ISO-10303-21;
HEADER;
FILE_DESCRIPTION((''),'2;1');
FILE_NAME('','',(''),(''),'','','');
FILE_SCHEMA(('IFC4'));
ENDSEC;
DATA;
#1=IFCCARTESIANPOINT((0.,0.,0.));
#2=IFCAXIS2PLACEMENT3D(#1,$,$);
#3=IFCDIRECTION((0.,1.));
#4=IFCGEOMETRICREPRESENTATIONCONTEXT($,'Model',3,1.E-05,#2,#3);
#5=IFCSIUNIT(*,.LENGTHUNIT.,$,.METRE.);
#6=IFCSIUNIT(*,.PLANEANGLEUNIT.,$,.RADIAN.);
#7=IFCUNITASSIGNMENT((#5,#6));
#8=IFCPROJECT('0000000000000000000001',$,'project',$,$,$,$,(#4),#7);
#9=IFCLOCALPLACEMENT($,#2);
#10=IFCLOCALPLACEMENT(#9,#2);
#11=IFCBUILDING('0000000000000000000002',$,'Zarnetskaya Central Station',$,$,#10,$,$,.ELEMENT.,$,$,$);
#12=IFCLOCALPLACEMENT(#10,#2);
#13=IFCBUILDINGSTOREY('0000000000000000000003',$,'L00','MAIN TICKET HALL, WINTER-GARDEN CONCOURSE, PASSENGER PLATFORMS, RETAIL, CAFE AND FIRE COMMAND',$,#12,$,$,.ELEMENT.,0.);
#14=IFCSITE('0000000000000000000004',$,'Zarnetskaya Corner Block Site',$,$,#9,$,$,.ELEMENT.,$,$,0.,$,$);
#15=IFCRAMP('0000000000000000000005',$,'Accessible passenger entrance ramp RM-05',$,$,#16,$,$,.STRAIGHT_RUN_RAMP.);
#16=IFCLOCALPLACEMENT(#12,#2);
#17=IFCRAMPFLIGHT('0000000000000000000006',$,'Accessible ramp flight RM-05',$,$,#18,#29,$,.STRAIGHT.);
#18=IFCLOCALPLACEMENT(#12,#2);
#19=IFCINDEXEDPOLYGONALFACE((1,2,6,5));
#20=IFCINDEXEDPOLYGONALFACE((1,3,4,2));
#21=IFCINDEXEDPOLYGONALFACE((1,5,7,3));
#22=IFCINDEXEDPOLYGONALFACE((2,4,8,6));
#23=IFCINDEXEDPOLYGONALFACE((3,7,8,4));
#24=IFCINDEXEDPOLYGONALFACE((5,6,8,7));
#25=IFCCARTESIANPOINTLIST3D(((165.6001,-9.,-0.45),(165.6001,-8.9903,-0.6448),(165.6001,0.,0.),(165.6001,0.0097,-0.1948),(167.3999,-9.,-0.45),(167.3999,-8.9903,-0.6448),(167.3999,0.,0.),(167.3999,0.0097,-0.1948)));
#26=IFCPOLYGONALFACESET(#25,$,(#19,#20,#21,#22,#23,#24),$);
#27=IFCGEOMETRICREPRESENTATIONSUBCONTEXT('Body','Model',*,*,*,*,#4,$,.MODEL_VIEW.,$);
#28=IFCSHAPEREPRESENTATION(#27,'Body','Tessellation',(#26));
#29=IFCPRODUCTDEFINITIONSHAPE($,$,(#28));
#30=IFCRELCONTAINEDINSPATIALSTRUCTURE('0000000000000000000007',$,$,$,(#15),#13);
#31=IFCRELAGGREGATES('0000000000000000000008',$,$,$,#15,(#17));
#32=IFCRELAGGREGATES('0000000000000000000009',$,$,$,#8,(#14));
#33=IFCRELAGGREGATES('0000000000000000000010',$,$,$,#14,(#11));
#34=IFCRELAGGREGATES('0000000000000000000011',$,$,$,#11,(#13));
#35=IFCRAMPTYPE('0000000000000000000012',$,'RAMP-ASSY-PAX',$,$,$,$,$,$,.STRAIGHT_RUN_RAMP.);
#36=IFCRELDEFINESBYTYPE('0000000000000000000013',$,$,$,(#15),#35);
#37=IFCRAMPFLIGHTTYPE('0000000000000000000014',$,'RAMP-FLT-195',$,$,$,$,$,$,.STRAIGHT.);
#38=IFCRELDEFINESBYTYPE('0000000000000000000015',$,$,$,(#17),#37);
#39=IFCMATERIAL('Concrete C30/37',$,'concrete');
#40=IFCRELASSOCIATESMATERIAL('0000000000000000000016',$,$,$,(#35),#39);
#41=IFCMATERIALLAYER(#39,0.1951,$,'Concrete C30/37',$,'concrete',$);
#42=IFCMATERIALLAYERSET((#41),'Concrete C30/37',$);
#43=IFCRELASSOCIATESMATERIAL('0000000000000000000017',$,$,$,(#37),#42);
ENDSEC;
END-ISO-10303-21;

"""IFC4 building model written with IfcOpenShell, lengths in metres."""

from ifc_helpers import new_model, si_unit, direction, frame, origin, place, context, subcontext, project, spatial, polyline, outline, extrude, material, layer, layer_set, type_object, element, aggregate, save


model = new_model("IFC4")

# Units and contexts
model_context = context("Model", 3, precision=1e-05, world=origin(), true_north=direction((0.0, 1.0)))
body_context = subcontext(model_context, "Body", "Model", "MODEL_VIEW")
ifc_project = project(units=[si_unit("LENGTHUNIT", "METRE"), si_unit("PLANEANGLEUNIT", "RADIAN")], contexts=[model_context])

# Site, building, storey
site_placement = place(None, origin())
site = spatial("IfcSite", under=ifc_project, at=site_placement, Name="Zarnetskaya Corner Block Site", CompositionType="ELEMENT", RefElevation=0.0)
building_placement = place(site_placement, origin())
building = spatial("IfcBuilding", under=site, at=building_placement, Name="Zarnetskaya Central Station", CompositionType="ELEMENT")
storey_placement = place(building_placement, origin())
storey = spatial("IfcBuildingStorey", under=building, at=storey_placement, Name="L00", Description="MAIN TICKET HALL, WINTER-GARDEN CONCOURSE, PASSENGER PLATFORMS, RETAIL, CAFE AND FIRE COMMAND", CompositionType="ELEMENT", Elevation=0.0)

# Ramp, ramp flight
ifc_material_1 = material(Name="Concrete C30/37", Category="concrete")
ramp_type = type_object("IfcRampType", Name="RAMP-ASSY-PAX", PredefinedType="STRAIGHT_RUN_RAMP", material=ifc_material_1)
ramp_placement = place(storey_placement, origin())
ramp = element("IfcRamp", 1, at=ramp_placement, inside=storey, type_object=ramp_type, Name="Accessible passenger entrance ramp RM-05", PredefinedType="STRAIGHT_RUN_RAMP")
ifc_layer_1 = layer(ifc_material_1, 0.1951, Name="Concrete C30/37", Category="concrete")
ifc_layer_set_1 = layer_set([ifc_layer_1], Name="Concrete C30/37")
ramp_flight_type = type_object("IfcRampFlightType", Name="RAMP-FLT-195", PredefinedType="STRAIGHT", material=ifc_layer_set_1)
ramp_flight_placement = place(storey_placement, frame((165.6001, -9.0, -0.45), z_axis=(0.0, -0.049932, 0.998753), x_axis=(1.0, 0.0, 0.0)))
ramp_flight = element("IfcRampFlight", 2, at=ramp_flight_placement, type_object=ramp_flight_type, Name="Accessible ramp flight RM-05", PredefinedType="STRAIGHT", context=body_context, shape_type="SweptSolid", body=[
    extrude(outline(polyline([(0.0, 0.0), (1.7998, 0.0), (1.7998, 9.0112), (0.0, 9.0112), (0.0, 0.0)])), origin(), (0.0, 0.0, -1.0), 0.1951),
])
aggregate(ramp, [ramp_flight])

save(model, "model.ifc")
